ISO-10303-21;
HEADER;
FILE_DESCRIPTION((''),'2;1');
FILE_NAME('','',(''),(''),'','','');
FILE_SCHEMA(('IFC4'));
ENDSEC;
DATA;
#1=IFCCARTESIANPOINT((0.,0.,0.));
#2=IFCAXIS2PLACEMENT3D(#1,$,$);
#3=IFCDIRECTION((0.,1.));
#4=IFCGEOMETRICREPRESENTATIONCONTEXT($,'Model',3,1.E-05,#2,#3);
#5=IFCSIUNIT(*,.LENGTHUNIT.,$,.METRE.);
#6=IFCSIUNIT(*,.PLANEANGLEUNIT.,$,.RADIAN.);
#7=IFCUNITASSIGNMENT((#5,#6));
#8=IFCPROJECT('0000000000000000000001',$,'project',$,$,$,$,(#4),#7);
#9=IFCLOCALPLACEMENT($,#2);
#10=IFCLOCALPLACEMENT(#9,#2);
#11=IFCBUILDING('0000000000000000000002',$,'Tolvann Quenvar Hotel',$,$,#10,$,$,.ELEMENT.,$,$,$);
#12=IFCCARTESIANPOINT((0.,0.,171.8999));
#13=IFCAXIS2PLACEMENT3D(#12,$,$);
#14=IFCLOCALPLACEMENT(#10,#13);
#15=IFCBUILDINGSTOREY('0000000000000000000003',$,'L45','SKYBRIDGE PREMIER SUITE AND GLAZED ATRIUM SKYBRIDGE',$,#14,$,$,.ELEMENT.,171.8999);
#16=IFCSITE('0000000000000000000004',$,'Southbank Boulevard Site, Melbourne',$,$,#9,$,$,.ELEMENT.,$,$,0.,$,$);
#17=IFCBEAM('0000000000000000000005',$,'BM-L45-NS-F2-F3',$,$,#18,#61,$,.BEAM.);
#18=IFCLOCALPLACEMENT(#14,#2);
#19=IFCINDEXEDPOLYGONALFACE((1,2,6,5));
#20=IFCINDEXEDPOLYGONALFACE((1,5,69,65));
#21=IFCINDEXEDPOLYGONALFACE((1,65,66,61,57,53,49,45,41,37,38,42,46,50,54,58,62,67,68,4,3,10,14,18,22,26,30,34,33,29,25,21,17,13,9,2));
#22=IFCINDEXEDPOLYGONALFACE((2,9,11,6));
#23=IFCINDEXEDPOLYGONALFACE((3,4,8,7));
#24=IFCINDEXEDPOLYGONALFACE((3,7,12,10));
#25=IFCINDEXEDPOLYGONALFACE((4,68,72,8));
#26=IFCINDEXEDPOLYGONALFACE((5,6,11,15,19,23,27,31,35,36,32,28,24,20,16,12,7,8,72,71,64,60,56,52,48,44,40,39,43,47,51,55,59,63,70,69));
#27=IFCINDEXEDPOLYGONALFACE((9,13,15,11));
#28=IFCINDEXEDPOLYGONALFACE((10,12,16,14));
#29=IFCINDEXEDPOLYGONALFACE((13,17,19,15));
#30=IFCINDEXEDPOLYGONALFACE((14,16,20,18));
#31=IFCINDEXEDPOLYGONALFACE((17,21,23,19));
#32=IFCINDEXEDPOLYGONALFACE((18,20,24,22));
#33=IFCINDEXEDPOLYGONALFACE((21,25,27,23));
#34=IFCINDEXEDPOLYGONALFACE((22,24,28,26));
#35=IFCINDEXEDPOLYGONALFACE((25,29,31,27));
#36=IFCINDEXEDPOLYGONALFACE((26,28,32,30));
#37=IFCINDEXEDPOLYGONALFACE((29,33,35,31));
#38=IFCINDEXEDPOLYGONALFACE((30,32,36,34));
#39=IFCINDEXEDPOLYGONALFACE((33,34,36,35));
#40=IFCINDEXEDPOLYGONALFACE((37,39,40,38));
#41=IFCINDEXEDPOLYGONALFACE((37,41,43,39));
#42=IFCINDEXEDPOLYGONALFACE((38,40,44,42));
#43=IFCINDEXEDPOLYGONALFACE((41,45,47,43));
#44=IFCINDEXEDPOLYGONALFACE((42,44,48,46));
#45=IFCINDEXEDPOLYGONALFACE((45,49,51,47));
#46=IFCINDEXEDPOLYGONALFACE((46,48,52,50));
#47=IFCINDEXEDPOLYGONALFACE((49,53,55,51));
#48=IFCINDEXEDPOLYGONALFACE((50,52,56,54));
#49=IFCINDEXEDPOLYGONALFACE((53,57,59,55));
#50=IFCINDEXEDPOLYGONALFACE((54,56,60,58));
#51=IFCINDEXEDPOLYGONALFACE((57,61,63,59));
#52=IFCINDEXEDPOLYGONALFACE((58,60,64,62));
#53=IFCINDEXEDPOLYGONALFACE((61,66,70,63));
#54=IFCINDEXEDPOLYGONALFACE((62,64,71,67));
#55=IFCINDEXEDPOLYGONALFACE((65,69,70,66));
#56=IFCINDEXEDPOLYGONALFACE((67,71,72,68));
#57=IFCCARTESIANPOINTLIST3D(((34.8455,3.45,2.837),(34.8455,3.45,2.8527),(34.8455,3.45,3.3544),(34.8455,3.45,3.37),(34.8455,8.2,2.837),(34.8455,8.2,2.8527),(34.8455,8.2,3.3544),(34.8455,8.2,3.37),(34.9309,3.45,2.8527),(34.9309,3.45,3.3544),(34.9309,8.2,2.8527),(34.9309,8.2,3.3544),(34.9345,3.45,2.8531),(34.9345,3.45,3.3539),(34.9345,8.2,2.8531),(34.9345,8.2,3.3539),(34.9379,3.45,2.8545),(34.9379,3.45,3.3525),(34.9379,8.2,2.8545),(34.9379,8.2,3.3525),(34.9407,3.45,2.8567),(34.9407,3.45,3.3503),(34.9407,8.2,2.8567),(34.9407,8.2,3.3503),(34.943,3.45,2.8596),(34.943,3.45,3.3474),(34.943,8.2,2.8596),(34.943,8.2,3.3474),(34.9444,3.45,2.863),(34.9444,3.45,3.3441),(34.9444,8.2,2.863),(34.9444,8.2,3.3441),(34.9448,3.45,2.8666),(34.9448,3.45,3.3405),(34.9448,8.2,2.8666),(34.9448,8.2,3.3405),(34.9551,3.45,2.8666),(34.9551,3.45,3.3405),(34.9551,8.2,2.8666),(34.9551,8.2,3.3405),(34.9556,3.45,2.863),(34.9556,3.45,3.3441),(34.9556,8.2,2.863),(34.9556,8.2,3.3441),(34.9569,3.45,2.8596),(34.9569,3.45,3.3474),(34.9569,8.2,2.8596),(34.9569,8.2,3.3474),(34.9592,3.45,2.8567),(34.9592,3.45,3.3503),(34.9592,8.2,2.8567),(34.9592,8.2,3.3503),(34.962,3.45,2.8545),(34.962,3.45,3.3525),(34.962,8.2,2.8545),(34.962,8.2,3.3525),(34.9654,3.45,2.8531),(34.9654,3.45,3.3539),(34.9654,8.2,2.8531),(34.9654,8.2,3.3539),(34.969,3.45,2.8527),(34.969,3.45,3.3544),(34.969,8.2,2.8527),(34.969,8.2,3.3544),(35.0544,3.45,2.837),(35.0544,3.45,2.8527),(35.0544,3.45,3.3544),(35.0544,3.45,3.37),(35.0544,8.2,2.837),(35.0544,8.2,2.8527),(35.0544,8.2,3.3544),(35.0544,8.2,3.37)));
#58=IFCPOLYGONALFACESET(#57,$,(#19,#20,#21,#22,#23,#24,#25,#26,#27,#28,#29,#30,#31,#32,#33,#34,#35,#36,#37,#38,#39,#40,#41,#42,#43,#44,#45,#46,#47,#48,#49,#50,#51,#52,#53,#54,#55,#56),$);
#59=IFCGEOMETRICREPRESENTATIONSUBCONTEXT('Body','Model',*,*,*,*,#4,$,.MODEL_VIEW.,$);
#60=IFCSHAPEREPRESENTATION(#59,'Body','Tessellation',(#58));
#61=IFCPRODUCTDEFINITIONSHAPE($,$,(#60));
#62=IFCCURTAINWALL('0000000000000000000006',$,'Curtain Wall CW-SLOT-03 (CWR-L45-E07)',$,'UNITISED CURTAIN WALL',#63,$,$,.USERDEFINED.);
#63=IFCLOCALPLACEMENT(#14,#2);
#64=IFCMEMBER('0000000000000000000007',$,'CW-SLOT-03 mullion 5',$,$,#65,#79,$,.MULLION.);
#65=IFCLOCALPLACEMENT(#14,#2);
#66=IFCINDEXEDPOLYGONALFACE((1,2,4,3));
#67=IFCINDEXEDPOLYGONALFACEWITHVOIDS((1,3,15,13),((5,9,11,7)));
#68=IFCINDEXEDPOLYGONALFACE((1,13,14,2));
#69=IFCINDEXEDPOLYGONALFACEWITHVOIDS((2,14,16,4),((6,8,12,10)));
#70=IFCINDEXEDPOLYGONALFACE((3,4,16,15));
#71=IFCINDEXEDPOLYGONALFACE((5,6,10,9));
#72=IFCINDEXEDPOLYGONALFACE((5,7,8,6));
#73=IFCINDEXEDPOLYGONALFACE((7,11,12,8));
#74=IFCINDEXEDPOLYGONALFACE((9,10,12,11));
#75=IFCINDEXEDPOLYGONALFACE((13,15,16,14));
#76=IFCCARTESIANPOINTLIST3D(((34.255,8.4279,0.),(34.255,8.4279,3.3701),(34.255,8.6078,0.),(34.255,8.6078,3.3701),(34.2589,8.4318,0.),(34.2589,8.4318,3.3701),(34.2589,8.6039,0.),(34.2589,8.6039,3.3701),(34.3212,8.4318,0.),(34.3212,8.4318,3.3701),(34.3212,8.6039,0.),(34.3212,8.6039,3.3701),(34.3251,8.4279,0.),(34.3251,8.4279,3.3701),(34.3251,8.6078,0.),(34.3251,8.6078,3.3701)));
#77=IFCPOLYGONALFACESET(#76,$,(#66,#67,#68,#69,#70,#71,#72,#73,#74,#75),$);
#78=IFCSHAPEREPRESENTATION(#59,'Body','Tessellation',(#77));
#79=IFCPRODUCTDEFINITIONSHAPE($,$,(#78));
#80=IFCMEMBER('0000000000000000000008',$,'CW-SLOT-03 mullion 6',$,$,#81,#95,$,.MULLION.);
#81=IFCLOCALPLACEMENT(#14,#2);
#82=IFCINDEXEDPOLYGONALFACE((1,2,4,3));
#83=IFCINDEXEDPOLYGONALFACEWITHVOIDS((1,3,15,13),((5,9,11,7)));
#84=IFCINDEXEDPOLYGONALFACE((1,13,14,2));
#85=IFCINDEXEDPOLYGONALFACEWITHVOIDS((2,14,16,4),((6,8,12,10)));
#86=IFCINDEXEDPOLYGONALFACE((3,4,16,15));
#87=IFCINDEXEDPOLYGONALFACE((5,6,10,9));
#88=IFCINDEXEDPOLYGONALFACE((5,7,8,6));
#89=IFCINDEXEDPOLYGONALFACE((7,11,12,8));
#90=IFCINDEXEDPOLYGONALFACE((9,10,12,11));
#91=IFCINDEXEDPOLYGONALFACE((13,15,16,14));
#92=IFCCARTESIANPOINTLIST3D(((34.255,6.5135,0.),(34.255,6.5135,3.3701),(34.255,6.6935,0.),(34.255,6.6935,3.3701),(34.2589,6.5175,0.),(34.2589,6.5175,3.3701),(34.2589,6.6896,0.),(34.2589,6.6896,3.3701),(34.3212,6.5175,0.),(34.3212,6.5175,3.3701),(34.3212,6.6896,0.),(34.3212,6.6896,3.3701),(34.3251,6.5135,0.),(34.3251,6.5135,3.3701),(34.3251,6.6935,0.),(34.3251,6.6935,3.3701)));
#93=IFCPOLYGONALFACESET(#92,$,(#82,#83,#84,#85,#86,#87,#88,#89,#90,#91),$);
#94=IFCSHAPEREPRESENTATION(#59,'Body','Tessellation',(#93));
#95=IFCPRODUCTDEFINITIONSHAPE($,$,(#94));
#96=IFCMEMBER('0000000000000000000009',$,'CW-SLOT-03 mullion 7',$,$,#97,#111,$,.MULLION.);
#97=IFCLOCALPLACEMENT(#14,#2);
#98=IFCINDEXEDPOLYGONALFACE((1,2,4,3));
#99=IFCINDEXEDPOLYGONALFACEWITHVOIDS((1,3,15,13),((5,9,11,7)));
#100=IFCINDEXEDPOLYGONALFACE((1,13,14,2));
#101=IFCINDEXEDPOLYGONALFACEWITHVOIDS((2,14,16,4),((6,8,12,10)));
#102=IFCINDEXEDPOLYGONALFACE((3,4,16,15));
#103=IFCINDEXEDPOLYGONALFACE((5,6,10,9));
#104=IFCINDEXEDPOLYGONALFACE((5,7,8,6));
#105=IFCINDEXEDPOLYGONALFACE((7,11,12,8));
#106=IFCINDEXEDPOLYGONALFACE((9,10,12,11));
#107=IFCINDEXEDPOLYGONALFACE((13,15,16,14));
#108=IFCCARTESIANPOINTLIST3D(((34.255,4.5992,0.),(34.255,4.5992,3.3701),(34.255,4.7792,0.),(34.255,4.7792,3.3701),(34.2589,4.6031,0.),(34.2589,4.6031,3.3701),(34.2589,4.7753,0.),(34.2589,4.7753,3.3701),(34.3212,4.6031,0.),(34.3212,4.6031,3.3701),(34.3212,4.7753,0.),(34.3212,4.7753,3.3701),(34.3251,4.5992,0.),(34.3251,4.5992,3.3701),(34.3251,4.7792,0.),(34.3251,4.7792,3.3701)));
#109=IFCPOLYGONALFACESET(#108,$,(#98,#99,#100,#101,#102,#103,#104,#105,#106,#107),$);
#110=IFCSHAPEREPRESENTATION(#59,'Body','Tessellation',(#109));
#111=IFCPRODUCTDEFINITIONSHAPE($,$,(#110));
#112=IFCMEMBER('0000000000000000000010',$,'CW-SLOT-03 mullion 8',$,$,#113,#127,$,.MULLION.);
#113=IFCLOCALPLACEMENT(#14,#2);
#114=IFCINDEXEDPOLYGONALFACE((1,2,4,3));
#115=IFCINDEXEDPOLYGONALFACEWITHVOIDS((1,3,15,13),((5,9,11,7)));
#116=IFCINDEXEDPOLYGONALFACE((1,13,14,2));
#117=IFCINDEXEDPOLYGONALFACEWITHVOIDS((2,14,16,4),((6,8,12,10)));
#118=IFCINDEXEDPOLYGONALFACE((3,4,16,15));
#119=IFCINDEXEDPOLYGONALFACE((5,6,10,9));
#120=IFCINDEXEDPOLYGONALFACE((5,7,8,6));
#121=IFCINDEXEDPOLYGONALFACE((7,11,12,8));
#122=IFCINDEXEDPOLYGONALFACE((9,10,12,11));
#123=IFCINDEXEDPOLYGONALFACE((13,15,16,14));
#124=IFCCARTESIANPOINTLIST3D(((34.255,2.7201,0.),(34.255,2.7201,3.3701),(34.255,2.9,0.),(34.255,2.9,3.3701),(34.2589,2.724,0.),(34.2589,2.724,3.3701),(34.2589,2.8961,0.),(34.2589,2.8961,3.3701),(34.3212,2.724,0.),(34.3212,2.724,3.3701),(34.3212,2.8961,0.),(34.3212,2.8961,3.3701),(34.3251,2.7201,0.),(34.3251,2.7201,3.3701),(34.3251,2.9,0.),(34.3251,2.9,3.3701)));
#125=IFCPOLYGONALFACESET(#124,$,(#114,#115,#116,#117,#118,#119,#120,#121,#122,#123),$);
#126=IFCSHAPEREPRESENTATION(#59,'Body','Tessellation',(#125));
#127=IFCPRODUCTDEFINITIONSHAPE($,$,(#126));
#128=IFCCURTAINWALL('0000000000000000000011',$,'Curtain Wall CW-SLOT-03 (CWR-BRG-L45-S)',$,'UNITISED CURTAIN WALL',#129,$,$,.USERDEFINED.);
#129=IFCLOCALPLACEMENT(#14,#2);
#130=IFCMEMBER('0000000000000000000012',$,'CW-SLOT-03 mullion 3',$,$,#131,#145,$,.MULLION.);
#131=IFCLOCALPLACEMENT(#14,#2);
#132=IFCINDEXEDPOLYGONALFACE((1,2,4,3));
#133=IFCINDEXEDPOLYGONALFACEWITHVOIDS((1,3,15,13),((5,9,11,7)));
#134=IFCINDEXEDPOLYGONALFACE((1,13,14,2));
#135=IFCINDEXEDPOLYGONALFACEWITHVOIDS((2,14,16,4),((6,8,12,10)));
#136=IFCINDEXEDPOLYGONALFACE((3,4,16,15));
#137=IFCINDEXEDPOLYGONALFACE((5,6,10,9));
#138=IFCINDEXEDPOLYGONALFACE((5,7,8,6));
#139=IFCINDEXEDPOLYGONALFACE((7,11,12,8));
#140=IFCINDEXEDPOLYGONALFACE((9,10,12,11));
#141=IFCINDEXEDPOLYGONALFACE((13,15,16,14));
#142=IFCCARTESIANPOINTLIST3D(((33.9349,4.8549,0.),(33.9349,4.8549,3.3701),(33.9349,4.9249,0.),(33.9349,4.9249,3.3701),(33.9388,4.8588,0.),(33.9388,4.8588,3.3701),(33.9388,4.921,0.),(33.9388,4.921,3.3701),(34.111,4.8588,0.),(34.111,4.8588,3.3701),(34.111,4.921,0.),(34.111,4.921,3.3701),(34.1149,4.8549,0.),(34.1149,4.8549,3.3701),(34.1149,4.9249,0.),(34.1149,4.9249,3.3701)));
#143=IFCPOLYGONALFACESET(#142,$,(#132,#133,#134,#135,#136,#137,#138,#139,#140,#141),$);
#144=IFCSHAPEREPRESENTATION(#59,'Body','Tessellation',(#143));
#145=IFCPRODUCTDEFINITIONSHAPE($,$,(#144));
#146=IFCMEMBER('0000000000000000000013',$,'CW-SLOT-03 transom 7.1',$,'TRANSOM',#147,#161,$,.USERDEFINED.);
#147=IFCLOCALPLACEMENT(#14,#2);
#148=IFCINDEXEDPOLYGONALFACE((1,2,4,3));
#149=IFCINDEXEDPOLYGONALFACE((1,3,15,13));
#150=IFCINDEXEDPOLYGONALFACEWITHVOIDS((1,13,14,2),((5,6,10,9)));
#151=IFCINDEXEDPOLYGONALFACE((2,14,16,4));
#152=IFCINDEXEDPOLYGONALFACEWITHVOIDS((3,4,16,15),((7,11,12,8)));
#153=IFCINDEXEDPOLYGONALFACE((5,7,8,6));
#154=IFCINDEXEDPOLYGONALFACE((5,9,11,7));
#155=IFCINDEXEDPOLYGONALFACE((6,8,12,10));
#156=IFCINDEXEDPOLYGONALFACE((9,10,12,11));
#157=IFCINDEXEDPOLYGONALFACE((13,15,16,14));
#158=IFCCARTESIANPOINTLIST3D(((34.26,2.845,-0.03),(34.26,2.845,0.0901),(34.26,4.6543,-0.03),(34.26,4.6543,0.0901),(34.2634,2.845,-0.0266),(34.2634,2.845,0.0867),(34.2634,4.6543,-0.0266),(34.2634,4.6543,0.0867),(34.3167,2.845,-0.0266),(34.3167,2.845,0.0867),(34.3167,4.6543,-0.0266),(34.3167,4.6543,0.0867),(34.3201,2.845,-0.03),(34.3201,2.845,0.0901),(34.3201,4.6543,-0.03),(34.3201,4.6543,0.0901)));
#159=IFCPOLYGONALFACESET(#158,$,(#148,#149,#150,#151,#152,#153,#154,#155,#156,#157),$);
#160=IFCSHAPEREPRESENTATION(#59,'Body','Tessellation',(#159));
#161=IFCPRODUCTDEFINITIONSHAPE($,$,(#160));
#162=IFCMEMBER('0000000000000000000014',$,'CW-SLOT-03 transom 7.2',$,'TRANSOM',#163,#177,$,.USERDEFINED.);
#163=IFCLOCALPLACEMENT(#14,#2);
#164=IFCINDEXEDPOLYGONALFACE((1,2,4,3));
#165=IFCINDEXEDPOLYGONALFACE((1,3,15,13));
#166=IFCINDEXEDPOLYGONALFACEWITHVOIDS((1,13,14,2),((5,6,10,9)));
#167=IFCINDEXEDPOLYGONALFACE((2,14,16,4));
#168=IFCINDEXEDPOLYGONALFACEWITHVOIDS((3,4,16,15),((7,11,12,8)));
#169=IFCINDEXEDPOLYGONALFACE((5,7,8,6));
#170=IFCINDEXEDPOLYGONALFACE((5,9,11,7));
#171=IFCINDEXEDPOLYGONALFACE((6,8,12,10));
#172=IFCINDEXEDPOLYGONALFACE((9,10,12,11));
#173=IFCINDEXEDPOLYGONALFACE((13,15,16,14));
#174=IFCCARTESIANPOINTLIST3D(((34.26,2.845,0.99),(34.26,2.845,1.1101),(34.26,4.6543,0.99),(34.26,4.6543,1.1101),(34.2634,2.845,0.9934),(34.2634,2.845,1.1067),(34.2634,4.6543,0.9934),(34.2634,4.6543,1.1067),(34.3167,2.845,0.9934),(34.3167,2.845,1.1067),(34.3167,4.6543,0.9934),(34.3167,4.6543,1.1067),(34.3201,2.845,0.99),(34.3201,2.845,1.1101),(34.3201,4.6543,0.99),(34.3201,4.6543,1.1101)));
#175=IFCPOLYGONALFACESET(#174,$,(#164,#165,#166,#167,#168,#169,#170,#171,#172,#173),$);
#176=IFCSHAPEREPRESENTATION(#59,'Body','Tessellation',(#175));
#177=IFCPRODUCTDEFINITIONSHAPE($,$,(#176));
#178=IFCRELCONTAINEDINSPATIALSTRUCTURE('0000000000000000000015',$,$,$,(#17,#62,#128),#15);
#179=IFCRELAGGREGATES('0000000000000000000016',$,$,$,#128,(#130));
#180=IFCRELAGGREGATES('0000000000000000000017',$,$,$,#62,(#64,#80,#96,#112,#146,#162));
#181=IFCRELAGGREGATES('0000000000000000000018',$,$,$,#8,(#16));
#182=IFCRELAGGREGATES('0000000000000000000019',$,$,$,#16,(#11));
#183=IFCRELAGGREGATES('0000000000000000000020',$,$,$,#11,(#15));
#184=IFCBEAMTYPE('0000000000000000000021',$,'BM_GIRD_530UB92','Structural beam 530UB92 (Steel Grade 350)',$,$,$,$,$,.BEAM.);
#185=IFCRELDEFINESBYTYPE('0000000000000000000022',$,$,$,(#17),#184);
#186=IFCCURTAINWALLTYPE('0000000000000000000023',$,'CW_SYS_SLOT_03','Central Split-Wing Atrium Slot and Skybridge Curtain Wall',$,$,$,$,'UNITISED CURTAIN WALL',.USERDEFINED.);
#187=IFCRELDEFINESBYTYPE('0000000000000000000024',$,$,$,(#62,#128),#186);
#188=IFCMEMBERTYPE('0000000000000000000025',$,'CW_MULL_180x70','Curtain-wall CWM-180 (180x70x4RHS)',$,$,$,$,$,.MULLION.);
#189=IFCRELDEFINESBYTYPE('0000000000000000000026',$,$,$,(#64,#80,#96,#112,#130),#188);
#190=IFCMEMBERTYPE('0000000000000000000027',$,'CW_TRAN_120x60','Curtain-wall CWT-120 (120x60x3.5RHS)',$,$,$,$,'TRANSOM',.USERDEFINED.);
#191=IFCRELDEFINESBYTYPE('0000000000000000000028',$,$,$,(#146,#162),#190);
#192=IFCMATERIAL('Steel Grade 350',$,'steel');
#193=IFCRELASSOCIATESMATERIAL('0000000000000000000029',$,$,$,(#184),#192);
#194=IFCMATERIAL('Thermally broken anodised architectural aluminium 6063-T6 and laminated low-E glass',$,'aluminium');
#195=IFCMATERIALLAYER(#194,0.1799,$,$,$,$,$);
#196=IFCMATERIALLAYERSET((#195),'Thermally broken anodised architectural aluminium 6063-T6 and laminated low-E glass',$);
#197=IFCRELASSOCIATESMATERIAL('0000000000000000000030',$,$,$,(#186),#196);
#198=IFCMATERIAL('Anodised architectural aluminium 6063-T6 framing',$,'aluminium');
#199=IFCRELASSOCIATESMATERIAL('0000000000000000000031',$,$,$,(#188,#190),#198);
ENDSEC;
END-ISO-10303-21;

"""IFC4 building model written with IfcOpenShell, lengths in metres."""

from ifc_helpers import new_model, si_unit, direction, frame, origin, origin_2d, place, context, subcontext, project, spatial, hollow_rectangle, i_section, extrude, source, transform, mapped, material, layer, layer_set, material_profile, profile_set, type_object, type_shapes, element, aggregate, save


model = new_model("IFC4")

# Units and contexts
model_context = context("Model", 3, precision=1e-05, world=origin(), true_north=direction((0.0, 1.0)))
body_context = subcontext(model_context, "Body", "Model", "MODEL_VIEW")
ifc_project = project(units=[si_unit("LENGTHUNIT", "METRE"), si_unit("PLANEANGLEUNIT", "RADIAN")], contexts=[model_context])

# Site, building, storey
site_placement = place(None, origin())
site = spatial("IfcSite", under=ifc_project, at=site_placement, Name="Southbank Boulevard Site, Melbourne", CompositionType="ELEMENT", RefElevation=0.0)
building_placement = place(site_placement, origin())
building = spatial("IfcBuilding", under=site, at=building_placement, Name="Tolvann Quenvar Hotel", CompositionType="ELEMENT")
storey_placement = place(building_placement, frame((0.0, 0.0, 171.8999)))
storey = spatial("IfcBuildingStorey", under=building, at=storey_placement, Name="L45", Description="SKYBRIDGE PREMIER SUITE AND GLAZED ATRIUM SKYBRIDGE", CompositionType="ELEMENT", Elevation=171.8999)

# Beam
ifc_material_1 = material(Name="Steel Grade 350", Category="steel")
ifc_material_profile_1 = material_profile(ifc_material_1, i_section(OverallWidth=0.209, OverallDepth=0.533, WebThickness=0.0103, FlangeThickness=0.0156, FilletRadius=0.0139, at=origin_2d()), Name="530UB92")
ifc_profile_set_1 = profile_set([ifc_material_profile_1], Name="Steel Grade 350")
beam_type_1 = type_object("IfcBeamType", Name="BM_GIRD_530UB92", Description="Structural beam 530UB92 (Steel Grade 350)", PredefinedType="BEAM", material=ifc_profile_set_1)
shared_shape_1 = source(origin(), body_context, "Body", "SweptSolid", [
    extrude(i_section(OverallWidth=0.209, OverallDepth=0.533, WebThickness=0.0103, FlangeThickness=0.0156, FilletRadius=0.0139, at=origin_2d()), origin(), (0.0, 0.0, 1.0), 4.75),
])
beam_1_placement = place(storey_placement, frame((34.95, 3.45, 3.1035), z_axis=(0.0, 1.0, 0.0), x_axis=(-1.0, 0.0, 0.0)))
element("IfcBeam", 1, at=beam_1_placement, inside=storey, type_object=beam_type_1, Name="BM-L45-NS-F2-F3", PredefinedType="BEAM", context=body_context, shape_type="MappedRepresentation", body=[
    mapped(shared_shape_1, transform((0.0, 0.0, 0.0), x_axis=(1.0, 0.0, 0.0), y_axis=(0.0, 1.0, 0.0), z_axis=(0.0, 0.0, 1.0), scale=1.0)),
])

# Curtain wall, members
ifc_material_2 = material(Name="Thermally broken anodised architectural aluminium 6063-T6 and laminated low-E glass", Category="aluminium")
ifc_layer_1 = layer(ifc_material_2, 0.1799)
ifc_layer_set_1 = layer_set([ifc_layer_1], Name="Thermally broken anodised architectural aluminium 6063-T6 and laminated low-E glass")
curtain_wall_type = type_object("IfcCurtainWallType", Name="CW_SYS_SLOT_03", Description="Central Split-Wing Atrium Slot and Skybridge Curtain Wall", ElementType="UNITISED CURTAIN WALL", PredefinedType="USERDEFINED", material=ifc_layer_set_1)
curtain_wall_1_placement = place(storey_placement, origin())
curtain_wall_1 = element("IfcCurtainWall", 2, at=curtain_wall_1_placement, inside=storey, type_object=curtain_wall_type, Name="Curtain Wall CW-SLOT-03 (CWR-L45-E07)", ObjectType="UNITISED CURTAIN WALL", PredefinedType="USERDEFINED")
ifc_material_3 = material(Name="Anodised architectural aluminium 6063-T6 framing", Category="aluminium")
ifc_material_profile_2 = material_profile(ifc_material_3, hollow_rectangle(XDim=0.0701, YDim=0.1799, WallThickness=0.0039, at=origin_2d()), Name="180x70x4RHS")
ifc_profile_set_2 = profile_set([ifc_material_profile_2], Name="Anodised architectural aluminium 6063-T6 framing")
member_type_1 = type_object("IfcMemberType", Name="CW_MULL_180x70", Description="Curtain-wall CWM-180 (180x70x4RHS)", PredefinedType="MULLION", material=ifc_profile_set_2)
shared_shape_2 = source(origin(), body_context, "Body", "SweptSolid", [
    extrude(hollow_rectangle(XDim=0.0701, YDim=0.1799, WallThickness=0.0039, at=origin_2d()), origin(), (0.0, 0.0, 1.0), 3.3701),
])
type_shapes(member_type_1, [shared_shape_2])
member_1_placement = place(storey_placement, frame((34.29, 8.5178, 0.0), z_axis=(0.0, 0.0, 1.0), x_axis=(1.0, 0.0, 0.0)))
member_1 = element("IfcMember", 3, at=member_1_placement, type_object=member_type_1, Name="CW-SLOT-03 mullion 5", PredefinedType="MULLION", context=body_context, shape_type="MappedRepresentation", body=[
    mapped(shared_shape_2, transform((0.0, 0.0, 0.0), x_axis=(1.0, 0.0, 0.0), y_axis=(0.0, 1.0, 0.0), z_axis=(0.0, 0.0, 1.0), scale=1.0)),
])
member_2_placement = place(storey_placement, frame((34.29, 6.6035, 0.0), z_axis=(0.0, 0.0, 1.0), x_axis=(1.0, 0.0, 0.0)))
member_2 = element("IfcMember", 4, at=member_2_placement, type_object=member_type_1, Name="CW-SLOT-03 mullion 6", PredefinedType="MULLION", context=body_context, shape_type="MappedRepresentation", body=[
    mapped(shared_shape_2, transform((0.0, 0.0, 0.0), x_axis=(1.0, 0.0, 0.0), y_axis=(0.0, 1.0, 0.0), z_axis=(0.0, 0.0, 1.0), scale=1.0)),
])
member_3_placement = place(storey_placement, frame((34.29, 4.6892, 0.0), z_axis=(0.0, 0.0, 1.0), x_axis=(1.0, 0.0, 0.0)))
member_3 = element("IfcMember", 5, at=member_3_placement, type_object=member_type_1, Name="CW-SLOT-03 mullion 7", PredefinedType="MULLION", context=body_context, shape_type="MappedRepresentation", body=[
    mapped(shared_shape_2, transform((0.0, 0.0, 0.0), x_axis=(1.0, 0.0, 0.0), y_axis=(0.0, 1.0, 0.0), z_axis=(0.0, 0.0, 1.0), scale=1.0)),
])
member_4_placement = place(storey_placement, frame((34.29, 2.8101, 0.0), z_axis=(0.0, 0.0, 1.0), x_axis=(1.0, 0.0, 0.0)))
member_4 = element("IfcMember", 6, at=member_4_placement, type_object=member_type_1, Name="CW-SLOT-03 mullion 8", PredefinedType="MULLION", context=body_context, shape_type="MappedRepresentation", body=[
    mapped(shared_shape_2, transform((0.0, 0.0, 0.0), x_axis=(1.0, 0.0, 0.0), y_axis=(0.0, 1.0, 0.0), z_axis=(0.0, 0.0, 1.0), scale=1.0)),
])

# Curtain wall, member
curtain_wall_2_placement = place(storey_placement, origin())
curtain_wall_2 = element("IfcCurtainWall", 7, at=curtain_wall_2_placement, inside=storey, type_object=curtain_wall_type, Name="Curtain Wall CW-SLOT-03 (CWR-BRG-L45-S)", ObjectType="UNITISED CURTAIN WALL", PredefinedType="USERDEFINED")
member_5_placement = place(storey_placement, frame((34.0249, 4.8899, 0.0), z_axis=(0.0, 0.0, 1.0), x_axis=(0.0, 1.0, 0.0)))
member_5 = element("IfcMember", 8, at=member_5_placement, type_object=member_type_1, Name="CW-SLOT-03 mullion 3", PredefinedType="MULLION", context=body_context, shape_type="MappedRepresentation", body=[
    mapped(shared_shape_2, transform((0.0, 0.0, 0.0), x_axis=(1.0, 0.0, 0.0), y_axis=(0.0, 1.0, 0.0), z_axis=(0.0, 0.0, 1.0), scale=1.0)),
])
aggregate(curtain_wall_2, [member_5])

# Members
ifc_material_profile_3 = material_profile(ifc_material_3, hollow_rectangle(XDim=0.0601, YDim=0.1201, WallThickness=0.0034, at=origin_2d()), Name="120x60x3.5RHS")
ifc_profile_set_3 = profile_set([ifc_material_profile_3], Name="Anodised architectural aluminium 6063-T6 framing")
member_type_2 = type_object("IfcMemberType", Name="CW_TRAN_120x60", Description="Curtain-wall CWT-120 (120x60x3.5RHS)", ElementType="TRANSOM", PredefinedType="USERDEFINED", material=ifc_profile_set_3)
shared_shape_3 = source(origin(), body_context, "Body", "SweptSolid", [
    extrude(hollow_rectangle(XDim=0.0601, YDim=0.1201, WallThickness=0.0034, at=origin_2d()), origin(), (0.0, 0.0, 1.0), 1.8093),
])
member_6_placement = place(storey_placement, frame((34.29, 4.6543, 0.03), z_axis=(0.0, -1.0, 0.0), x_axis=(1.0, 0.0, 0.0)))
member_6 = element("IfcMember", 9, at=member_6_placement, type_object=member_type_2, Name="CW-SLOT-03 transom 7.1", ObjectType="TRANSOM", PredefinedType="USERDEFINED", context=body_context, shape_type="MappedRepresentation", body=[
    mapped(shared_shape_3, transform((0.0, 0.0, 0.0), x_axis=(1.0, 0.0, 0.0), y_axis=(0.0, 1.0, 0.0), z_axis=(0.0, 0.0, 1.0), scale=1.0)),
])
member_7_placement = place(storey_placement, frame((34.29, 4.6543, 1.05), z_axis=(0.0, -1.0, 0.0), x_axis=(1.0, 0.0, 0.0)))
member_7 = element("IfcMember", 10, at=member_7_placement, type_object=member_type_2, Name="CW-SLOT-03 transom 7.2", ObjectType="TRANSOM", PredefinedType="USERDEFINED", context=body_context, shape_type="MappedRepresentation", body=[
    mapped(shared_shape_3, transform((0.0, 0.0, 0.0), x_axis=(1.0, 0.0, 0.0), y_axis=(0.0, 1.0, 0.0), z_axis=(0.0, 0.0, 1.0), scale=1.0)),
])

aggregate(curtain_wall_1, [member_1, member_2, member_3, member_4, member_6, member_7])

save(model, "model.ifc")
